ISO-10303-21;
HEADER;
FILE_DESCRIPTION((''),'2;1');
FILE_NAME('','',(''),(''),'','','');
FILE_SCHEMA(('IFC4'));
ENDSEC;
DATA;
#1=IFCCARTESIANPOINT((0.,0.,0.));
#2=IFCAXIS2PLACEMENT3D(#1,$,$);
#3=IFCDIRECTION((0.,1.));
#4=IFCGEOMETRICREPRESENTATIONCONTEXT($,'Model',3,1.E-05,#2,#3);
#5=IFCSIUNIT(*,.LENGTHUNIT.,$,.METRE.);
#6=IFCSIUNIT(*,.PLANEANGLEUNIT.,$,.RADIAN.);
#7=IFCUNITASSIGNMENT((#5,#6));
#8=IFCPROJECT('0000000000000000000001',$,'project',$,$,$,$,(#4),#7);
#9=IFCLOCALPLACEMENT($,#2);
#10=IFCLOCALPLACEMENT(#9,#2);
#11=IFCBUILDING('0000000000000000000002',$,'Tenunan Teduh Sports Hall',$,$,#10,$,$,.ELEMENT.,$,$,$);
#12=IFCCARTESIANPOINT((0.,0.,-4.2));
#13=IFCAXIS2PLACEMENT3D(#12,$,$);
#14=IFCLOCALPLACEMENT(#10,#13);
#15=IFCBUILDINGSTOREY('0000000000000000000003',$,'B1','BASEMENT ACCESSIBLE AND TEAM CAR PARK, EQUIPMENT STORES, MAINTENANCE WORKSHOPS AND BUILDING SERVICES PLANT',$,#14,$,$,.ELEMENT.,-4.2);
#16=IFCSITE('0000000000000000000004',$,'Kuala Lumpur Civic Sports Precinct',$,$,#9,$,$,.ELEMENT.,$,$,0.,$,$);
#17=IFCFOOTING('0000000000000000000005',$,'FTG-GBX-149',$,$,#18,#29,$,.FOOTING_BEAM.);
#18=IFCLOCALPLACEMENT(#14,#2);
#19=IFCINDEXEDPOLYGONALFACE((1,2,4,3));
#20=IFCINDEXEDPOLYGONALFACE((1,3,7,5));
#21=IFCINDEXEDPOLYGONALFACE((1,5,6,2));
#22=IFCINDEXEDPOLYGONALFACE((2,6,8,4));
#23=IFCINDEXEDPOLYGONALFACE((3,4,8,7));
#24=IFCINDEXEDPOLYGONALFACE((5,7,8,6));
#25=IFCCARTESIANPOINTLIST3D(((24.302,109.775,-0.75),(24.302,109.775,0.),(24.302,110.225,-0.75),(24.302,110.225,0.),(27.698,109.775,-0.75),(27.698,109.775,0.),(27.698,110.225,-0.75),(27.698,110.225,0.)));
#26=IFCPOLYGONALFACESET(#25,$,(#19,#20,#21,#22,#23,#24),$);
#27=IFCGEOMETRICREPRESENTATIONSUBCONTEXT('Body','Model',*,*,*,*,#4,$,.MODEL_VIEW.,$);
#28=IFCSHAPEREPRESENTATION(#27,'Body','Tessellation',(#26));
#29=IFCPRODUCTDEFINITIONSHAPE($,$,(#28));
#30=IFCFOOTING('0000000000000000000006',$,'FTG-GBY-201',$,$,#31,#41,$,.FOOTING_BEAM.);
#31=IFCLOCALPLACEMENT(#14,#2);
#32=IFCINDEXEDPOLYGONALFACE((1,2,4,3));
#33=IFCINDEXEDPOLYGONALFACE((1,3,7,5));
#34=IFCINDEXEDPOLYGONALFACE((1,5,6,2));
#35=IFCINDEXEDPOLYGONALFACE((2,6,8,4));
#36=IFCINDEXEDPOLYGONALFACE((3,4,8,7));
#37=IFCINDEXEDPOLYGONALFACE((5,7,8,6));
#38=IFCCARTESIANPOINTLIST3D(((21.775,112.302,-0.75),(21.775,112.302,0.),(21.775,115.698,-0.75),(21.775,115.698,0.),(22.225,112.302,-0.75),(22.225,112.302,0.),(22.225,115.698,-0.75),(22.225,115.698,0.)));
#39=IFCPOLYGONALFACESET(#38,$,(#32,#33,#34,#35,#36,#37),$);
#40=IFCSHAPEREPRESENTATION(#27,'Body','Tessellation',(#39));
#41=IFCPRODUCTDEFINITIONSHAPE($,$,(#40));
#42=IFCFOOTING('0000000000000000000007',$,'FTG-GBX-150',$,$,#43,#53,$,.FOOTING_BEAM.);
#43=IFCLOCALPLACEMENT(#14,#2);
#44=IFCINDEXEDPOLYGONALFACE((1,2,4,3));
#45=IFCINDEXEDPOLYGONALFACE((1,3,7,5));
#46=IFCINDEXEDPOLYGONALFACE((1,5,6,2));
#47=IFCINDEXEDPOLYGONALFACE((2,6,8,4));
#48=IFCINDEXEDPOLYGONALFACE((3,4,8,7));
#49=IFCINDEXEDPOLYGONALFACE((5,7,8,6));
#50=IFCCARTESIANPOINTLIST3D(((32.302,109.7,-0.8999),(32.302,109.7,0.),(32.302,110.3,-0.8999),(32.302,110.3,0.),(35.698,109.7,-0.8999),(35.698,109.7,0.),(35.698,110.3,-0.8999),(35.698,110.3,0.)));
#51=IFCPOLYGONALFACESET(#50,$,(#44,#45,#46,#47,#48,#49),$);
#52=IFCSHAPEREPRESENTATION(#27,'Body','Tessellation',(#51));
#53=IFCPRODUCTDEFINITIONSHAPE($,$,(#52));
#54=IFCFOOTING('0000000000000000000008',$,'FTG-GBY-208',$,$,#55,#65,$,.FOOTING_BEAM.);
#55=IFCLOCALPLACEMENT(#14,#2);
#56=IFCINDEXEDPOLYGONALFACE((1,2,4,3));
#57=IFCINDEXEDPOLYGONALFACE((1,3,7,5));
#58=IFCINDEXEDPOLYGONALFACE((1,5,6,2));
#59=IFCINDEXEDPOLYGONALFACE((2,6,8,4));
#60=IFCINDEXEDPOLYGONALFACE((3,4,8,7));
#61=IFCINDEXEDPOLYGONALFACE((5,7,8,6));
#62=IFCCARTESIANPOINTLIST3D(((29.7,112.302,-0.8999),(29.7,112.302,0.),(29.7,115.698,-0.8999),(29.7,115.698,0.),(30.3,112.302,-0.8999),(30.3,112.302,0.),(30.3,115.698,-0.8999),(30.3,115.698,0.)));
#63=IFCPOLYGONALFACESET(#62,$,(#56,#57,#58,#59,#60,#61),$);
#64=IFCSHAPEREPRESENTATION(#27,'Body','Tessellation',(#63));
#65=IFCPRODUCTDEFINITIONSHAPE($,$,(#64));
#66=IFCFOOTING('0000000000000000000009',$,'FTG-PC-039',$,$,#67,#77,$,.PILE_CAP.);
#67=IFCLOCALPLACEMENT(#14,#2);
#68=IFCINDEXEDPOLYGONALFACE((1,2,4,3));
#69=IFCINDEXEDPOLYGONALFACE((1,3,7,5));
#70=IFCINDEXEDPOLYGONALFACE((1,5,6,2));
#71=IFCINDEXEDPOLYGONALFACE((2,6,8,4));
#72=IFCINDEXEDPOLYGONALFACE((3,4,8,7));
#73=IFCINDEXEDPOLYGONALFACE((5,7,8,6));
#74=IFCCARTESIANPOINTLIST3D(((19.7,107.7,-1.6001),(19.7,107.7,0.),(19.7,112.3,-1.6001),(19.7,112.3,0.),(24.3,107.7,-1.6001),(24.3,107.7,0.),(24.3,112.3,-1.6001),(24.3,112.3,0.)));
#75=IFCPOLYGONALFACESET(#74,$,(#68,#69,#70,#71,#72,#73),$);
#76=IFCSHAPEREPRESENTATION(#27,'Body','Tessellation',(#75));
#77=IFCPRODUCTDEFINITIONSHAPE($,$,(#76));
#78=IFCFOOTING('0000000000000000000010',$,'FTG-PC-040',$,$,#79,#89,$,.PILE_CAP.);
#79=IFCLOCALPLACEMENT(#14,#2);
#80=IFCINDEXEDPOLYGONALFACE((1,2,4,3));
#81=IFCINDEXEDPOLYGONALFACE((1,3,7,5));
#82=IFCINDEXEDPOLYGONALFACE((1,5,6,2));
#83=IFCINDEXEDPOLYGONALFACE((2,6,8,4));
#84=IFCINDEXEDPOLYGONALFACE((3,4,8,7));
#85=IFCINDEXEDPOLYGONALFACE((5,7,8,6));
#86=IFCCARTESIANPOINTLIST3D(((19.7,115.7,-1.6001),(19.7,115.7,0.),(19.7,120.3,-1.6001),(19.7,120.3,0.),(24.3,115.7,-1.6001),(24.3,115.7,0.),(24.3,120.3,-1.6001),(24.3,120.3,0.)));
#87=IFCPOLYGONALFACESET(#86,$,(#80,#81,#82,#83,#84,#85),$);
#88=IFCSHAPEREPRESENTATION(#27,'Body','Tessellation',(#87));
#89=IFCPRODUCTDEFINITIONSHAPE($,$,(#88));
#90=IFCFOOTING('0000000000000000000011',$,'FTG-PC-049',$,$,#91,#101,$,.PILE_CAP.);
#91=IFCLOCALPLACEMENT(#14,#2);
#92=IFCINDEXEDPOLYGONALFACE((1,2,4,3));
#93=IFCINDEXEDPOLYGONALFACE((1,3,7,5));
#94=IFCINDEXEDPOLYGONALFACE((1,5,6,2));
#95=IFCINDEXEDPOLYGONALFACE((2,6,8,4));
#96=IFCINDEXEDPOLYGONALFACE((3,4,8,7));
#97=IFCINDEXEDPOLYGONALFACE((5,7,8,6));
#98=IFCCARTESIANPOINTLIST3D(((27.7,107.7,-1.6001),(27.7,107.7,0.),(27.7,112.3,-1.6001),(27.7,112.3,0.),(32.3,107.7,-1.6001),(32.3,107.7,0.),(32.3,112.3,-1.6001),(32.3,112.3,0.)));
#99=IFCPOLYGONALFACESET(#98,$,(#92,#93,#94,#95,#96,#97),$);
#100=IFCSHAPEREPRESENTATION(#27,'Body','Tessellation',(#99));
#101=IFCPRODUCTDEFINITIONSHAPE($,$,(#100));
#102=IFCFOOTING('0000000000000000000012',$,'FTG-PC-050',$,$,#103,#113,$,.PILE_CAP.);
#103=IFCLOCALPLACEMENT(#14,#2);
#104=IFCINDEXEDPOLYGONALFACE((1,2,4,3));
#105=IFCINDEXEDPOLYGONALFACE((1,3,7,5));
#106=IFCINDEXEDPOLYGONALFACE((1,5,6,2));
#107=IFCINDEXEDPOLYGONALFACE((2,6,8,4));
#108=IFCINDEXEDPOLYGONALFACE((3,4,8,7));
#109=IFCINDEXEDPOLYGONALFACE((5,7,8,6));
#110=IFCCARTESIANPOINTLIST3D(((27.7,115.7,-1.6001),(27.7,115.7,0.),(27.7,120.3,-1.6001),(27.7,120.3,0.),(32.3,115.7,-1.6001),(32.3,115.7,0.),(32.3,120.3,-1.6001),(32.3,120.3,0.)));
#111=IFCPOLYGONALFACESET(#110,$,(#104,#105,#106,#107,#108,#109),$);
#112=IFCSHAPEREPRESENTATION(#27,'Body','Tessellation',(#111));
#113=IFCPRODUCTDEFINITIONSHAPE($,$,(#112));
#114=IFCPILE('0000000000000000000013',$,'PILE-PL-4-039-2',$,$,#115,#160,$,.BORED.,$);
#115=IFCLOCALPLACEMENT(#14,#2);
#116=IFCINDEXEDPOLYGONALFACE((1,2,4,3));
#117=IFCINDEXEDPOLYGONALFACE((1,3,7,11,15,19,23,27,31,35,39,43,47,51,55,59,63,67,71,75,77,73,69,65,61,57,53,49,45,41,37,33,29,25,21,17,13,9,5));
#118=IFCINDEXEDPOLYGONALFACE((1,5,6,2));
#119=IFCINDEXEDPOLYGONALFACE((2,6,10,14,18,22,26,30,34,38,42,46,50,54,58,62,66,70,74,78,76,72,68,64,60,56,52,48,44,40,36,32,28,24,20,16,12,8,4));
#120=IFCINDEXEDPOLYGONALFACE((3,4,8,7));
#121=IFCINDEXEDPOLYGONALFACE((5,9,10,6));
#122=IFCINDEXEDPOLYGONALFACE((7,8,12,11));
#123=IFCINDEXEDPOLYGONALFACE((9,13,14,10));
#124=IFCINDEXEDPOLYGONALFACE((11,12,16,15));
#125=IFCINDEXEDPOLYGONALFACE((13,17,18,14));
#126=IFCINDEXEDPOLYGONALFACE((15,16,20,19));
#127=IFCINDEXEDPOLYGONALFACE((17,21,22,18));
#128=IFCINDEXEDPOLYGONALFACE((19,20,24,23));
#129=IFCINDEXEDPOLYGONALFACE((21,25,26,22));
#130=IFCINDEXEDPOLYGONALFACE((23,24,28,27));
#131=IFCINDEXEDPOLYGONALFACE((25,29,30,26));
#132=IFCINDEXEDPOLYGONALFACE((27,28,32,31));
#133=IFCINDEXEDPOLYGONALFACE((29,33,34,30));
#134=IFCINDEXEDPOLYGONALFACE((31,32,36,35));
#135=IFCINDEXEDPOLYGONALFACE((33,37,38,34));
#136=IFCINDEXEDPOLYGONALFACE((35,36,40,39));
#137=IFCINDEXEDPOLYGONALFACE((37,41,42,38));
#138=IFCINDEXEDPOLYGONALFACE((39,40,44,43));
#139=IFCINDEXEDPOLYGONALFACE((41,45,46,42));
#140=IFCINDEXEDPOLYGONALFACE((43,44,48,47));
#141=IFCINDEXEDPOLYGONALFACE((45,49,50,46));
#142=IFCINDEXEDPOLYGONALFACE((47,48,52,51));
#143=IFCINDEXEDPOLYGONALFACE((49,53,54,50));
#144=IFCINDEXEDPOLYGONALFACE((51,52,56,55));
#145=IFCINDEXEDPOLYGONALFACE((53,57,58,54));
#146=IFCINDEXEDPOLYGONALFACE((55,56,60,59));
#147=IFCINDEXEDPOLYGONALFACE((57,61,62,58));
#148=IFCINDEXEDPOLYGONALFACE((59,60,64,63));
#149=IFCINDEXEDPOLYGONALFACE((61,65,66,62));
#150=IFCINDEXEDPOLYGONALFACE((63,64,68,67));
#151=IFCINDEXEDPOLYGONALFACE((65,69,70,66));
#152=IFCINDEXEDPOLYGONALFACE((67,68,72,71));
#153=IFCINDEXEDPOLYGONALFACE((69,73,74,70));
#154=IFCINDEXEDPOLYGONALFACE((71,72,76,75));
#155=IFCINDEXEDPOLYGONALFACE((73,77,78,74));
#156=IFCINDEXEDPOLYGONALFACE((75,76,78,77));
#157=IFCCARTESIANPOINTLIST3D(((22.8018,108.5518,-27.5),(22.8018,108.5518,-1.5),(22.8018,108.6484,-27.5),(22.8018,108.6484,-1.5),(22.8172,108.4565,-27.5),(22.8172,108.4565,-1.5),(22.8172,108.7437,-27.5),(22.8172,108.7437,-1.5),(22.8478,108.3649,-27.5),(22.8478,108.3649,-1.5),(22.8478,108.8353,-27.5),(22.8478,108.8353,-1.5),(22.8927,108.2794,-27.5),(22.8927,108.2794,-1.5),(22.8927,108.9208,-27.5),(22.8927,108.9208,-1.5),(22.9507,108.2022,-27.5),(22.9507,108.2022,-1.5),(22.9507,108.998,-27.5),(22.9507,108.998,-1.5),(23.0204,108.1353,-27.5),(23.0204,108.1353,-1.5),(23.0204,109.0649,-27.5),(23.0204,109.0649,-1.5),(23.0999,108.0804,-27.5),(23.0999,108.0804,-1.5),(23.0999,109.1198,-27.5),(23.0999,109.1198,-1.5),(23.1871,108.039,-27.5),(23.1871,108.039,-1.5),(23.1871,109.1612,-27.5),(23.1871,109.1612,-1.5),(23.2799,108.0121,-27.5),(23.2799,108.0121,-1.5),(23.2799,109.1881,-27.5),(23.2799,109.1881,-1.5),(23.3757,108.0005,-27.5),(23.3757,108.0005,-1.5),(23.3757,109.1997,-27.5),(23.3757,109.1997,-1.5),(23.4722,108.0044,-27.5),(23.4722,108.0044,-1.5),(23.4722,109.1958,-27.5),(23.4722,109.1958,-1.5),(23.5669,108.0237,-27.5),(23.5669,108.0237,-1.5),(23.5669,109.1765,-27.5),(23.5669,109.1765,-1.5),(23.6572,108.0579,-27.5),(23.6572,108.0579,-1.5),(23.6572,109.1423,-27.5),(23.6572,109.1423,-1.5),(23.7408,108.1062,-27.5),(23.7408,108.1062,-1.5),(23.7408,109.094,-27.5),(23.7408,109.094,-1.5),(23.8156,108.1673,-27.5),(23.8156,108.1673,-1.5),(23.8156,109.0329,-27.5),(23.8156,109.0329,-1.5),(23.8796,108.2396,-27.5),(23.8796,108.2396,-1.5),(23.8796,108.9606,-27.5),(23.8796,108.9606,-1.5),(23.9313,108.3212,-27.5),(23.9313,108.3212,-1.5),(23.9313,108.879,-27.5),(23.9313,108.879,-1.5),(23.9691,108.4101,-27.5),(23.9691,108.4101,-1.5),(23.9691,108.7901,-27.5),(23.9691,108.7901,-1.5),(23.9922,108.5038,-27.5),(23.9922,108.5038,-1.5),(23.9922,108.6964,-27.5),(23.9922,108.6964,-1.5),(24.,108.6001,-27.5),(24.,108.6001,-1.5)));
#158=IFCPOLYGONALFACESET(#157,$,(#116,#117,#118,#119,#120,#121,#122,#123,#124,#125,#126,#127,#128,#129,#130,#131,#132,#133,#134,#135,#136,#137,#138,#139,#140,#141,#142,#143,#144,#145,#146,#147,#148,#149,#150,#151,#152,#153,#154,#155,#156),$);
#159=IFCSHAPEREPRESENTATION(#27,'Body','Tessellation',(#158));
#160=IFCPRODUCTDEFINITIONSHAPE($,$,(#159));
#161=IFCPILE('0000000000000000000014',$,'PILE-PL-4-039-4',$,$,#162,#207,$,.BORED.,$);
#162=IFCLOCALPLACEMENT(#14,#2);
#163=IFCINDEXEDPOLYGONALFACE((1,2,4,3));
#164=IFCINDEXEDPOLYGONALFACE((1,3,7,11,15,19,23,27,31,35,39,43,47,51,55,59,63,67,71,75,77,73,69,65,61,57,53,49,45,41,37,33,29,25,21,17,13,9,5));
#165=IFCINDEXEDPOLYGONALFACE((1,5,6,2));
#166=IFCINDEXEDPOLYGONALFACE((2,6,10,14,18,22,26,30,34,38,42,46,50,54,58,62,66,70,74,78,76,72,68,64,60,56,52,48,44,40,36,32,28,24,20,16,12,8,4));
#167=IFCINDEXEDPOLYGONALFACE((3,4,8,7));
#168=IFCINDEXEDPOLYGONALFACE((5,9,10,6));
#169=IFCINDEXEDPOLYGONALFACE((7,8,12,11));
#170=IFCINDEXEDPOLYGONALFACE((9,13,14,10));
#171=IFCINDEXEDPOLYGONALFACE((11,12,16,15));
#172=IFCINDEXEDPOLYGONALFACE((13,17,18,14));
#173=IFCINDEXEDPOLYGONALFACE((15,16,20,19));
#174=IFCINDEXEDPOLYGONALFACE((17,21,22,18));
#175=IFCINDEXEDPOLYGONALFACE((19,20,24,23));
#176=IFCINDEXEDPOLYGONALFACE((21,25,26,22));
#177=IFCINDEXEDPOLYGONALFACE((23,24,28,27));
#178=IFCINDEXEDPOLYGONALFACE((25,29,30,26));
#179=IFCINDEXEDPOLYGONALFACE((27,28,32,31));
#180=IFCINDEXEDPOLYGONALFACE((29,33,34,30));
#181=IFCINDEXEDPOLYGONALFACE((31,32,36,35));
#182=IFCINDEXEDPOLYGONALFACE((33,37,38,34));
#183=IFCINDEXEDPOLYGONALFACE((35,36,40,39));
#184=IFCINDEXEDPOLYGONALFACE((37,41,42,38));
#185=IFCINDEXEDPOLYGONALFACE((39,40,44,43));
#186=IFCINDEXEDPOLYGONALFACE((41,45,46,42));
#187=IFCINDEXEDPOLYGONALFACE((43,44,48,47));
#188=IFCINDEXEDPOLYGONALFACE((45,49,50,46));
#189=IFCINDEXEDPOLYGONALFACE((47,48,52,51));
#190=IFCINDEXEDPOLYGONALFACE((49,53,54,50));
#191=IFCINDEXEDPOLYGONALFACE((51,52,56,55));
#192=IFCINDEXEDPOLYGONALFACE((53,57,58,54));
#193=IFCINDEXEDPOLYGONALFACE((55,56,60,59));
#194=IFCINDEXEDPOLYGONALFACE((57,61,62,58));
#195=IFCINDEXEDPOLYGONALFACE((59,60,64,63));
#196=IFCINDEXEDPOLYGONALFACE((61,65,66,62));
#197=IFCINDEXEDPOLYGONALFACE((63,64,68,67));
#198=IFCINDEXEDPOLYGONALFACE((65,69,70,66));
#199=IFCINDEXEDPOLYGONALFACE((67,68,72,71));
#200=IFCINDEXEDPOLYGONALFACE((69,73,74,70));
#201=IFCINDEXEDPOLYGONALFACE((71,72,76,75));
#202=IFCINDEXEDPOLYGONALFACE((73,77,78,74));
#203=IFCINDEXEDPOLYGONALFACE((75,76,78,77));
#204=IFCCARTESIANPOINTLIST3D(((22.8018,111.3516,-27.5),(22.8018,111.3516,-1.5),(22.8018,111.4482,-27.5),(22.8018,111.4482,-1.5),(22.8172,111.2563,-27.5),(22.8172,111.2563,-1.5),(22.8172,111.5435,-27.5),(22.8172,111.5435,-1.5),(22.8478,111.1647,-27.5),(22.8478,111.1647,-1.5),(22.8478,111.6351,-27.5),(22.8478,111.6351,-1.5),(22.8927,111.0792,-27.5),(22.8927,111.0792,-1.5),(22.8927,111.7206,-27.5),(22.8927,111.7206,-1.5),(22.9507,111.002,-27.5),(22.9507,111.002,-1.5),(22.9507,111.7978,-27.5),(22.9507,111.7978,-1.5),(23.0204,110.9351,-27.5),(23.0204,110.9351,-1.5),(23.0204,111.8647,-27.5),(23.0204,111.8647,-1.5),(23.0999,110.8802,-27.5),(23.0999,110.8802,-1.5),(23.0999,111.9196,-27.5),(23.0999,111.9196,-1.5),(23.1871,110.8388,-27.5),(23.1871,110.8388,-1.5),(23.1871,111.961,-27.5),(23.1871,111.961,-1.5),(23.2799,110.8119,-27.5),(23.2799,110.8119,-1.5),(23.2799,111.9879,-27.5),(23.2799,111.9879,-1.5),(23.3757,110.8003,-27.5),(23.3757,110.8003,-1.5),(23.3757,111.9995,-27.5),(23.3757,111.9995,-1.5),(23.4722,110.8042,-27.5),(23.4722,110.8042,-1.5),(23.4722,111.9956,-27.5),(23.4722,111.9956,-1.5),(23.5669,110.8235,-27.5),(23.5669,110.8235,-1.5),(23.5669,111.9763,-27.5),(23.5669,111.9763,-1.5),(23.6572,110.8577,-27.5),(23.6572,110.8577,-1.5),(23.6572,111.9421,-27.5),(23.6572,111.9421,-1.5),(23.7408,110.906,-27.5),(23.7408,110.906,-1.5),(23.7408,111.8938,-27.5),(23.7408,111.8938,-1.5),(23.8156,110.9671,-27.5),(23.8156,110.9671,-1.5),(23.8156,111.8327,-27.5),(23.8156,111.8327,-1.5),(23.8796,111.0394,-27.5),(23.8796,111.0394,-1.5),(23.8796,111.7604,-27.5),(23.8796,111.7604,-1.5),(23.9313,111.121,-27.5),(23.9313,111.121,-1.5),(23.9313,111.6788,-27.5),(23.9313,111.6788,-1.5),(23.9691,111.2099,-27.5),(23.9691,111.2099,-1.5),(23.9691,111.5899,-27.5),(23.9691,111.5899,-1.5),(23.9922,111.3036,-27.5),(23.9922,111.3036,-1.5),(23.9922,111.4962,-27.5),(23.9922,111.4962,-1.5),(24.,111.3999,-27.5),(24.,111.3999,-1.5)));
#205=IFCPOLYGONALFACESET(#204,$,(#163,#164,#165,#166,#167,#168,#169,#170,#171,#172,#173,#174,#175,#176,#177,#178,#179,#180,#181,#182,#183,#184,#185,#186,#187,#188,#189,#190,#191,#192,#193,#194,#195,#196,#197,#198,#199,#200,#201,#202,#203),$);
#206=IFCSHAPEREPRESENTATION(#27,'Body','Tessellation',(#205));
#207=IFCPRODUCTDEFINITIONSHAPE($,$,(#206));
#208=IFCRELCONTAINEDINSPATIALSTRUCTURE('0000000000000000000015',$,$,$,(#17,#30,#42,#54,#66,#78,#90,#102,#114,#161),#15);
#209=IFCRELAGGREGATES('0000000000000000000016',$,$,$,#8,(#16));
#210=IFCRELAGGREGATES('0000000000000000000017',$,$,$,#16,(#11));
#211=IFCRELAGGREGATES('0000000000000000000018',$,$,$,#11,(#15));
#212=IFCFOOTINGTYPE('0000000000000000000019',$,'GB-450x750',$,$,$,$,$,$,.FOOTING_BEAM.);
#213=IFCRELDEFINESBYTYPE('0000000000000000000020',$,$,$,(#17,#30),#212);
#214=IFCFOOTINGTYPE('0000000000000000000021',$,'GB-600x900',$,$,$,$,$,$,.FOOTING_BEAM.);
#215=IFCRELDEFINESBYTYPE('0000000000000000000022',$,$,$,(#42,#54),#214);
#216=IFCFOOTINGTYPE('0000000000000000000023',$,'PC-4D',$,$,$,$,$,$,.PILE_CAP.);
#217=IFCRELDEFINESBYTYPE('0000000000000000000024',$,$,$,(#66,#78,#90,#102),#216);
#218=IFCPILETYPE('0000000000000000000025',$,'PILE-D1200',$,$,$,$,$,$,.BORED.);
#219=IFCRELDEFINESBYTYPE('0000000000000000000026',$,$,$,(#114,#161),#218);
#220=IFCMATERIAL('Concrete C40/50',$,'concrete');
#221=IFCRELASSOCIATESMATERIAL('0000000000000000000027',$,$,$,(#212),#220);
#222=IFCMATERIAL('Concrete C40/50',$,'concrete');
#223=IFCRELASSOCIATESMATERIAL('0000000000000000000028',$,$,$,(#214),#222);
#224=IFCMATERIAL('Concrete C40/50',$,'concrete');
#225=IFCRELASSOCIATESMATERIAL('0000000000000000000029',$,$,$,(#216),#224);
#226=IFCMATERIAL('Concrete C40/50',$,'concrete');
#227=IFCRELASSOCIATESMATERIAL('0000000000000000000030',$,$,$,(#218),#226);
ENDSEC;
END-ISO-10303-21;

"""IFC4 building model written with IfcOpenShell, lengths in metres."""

from ifc_helpers import new_model, si_unit, direction, frame, origin, origin_2d, place, context, subcontext, project, spatial, rectangle, circle, extrude, material, material_profile, profile_set, type_object, element, save


model = new_model("IFC4")

# Units and contexts
model_context = context("Model", 3, precision=1e-05, world=origin(), true_north=direction((0.0, 1.0)))
body_context = subcontext(model_context, "Body", "Model", "MODEL_VIEW")
ifc_project = project(units=[si_unit("LENGTHUNIT", "METRE"), si_unit("PLANEANGLEUNIT", "RADIAN")], contexts=[model_context])

# Site, building, storey
site_placement = place(None, origin())
site = spatial("IfcSite", under=ifc_project, at=site_placement, Name="Kuala Lumpur Civic Sports Precinct", CompositionType="ELEMENT", RefElevation=0.0)
building_placement = place(site_placement, origin())
building = spatial("IfcBuilding", under=site, at=building_placement, Name="Tenunan Teduh Sports Hall", CompositionType="ELEMENT")
storey_placement = place(building_placement, frame((0.0, 0.0, -4.2)))
storey = spatial("IfcBuildingStorey", under=building, at=storey_placement, Name="B1", Description="BASEMENT ACCESSIBLE AND TEAM CAR PARK, EQUIPMENT STORES, MAINTENANCE WORKSHOPS AND BUILDING SERVICES PLANT", CompositionType="ELEMENT", Elevation=-4.2)

# Footings
ifc_material_1 = material(Name="Concrete C40/50", Category="concrete")
ifc_material_profile_1 = material_profile(ifc_material_1, rectangle(XDim=0.45, YDim=0.75, at=origin_2d()), Name="RCB 450x750")
ifc_profile_set_1 = profile_set([ifc_material_profile_1], Name="Concrete C40/50")
footing_type_1 = type_object("IfcFootingType", Name="GB-450x750", PredefinedType="FOOTING_BEAM", material=ifc_profile_set_1)
for number, where, z_axis, x_axis, name in (
    (1, (24.302, 110.0, -0.375), (1.0, 0.0, 0.0), (0.0, 1.0, 0.0), "FTG-GBX-149"),
    (2, (22.0, 112.302, -0.375), (0.0, 1.0, 0.0), (-1.0, 0.0, 0.0), "FTG-GBY-201"),
):
    element("IfcFooting", number, at=place(storey_placement, frame(where, z_axis=z_axis, x_axis=x_axis)), inside=storey, type_object=footing_type_1, Name=name, PredefinedType="FOOTING_BEAM", context=body_context, shape_type="SweptSolid", body=[
        extrude(rectangle(XDim=0.45, YDim=0.75, at=origin_2d()), origin(), (0.0, 0.0, 1.0), 3.396),
    ])
ifc_material_2 = material(Name="Concrete C40/50", Category="concrete")
ifc_material_profile_2 = material_profile(ifc_material_2, rectangle(XDim=0.6001, YDim=0.8999, at=origin_2d()), Name="RCB 600x900")
ifc_profile_set_2 = profile_set([ifc_material_profile_2], Name="Concrete C40/50")
footing_type_2 = type_object("IfcFootingType", Name="GB-600x900", PredefinedType="FOOTING_BEAM", material=ifc_profile_set_2)
for number, where, z_axis, x_axis, name in (
    (3, (32.302, 110.0, -0.45), (1.0, 0.0, 0.0), (0.0, 1.0, 0.0), "FTG-GBX-150"),
    (4, (30.0, 112.302, -0.45), (0.0, 1.0, 0.0), (-1.0, 0.0, 0.0), "FTG-GBY-208"),
):
    element("IfcFooting", number, at=place(storey_placement, frame(where, z_axis=z_axis, x_axis=x_axis)), inside=storey, type_object=footing_type_2, Name=name, PredefinedType="FOOTING_BEAM", context=body_context, shape_type="SweptSolid", body=[
        extrude(rectangle(XDim=0.6001, YDim=0.8999, at=origin_2d()), origin(), (0.0, 0.0, 1.0), 3.396),
    ])
ifc_material_3 = material(Name="Concrete C40/50", Category="concrete")
footing_type_3 = type_object("IfcFootingType", Name="PC-4D", PredefinedType="PILE_CAP", material=ifc_material_3)
for number, where, z_axis, x_axis, name in (
    (5, (22.0, 110.0, -1.6001), (0.0, 0.0, 1.0), (1.0, 0.0, 0.0), "FTG-PC-039"),
    (6, (22.0, 118.0, -1.6001), (0.0, 0.0, 1.0), (1.0, 0.0, 0.0), "FTG-PC-040"),
    (7, (30.0, 110.0, -1.6001), (0.0, 0.0, 1.0), (1.0, 0.0, 0.0), "FTG-PC-049"),
    (8, (30.0, 118.0, -1.6001), (0.0, 0.0, 1.0), (1.0, 0.0, 0.0), "FTG-PC-050"),
):
    element("IfcFooting", number, at=place(storey_placement, frame(where, z_axis=z_axis, x_axis=x_axis)), inside=storey, type_object=footing_type_3, Name=name, PredefinedType="PILE_CAP", context=body_context, shape_type="SweptSolid", body=[
        extrude(rectangle(XDim=4.6001, YDim=4.6001, at=origin_2d()), origin(), (0.0, 0.0, 1.0), 1.6001),
    ])

# Piles
ifc_material_4 = material(Name="Concrete C40/50", Category="concrete")
ifc_material_profile_3 = material_profile(ifc_material_4, circle(Radius=0.6001, at=origin_2d()), Name="PILE D1200")
ifc_profile_set_3 = profile_set([ifc_material_profile_3], Name="Concrete C40/50")
pile_type = type_object("IfcPileType", Name="PILE-D1200", PredefinedType="BORED", material=ifc_profile_set_3)
for number, where, z_axis, x_axis, name in (
    (9, (23.3999, 108.6001, -1.5), (0.0, 0.0, -1.0), (1.0, 0.0, 0.0), "PILE-PL-4-039-2"),
    (10, (23.3999, 111.3999, -1.5), (0.0, 0.0, -1.0), (1.0, 0.0, 0.0), "PILE-PL-4-039-4"),
):
    element("IfcPile", number, at=place(storey_placement, frame(where, z_axis=z_axis, x_axis=x_axis)), inside=storey, type_object=pile_type, Name=name, PredefinedType="BORED", context=body_context, shape_type="SweptSolid", body=[
        extrude(circle(Radius=0.6001, at=origin_2d()), origin(), (0.0, 0.0, 1.0), 26.0),
    ])

save(model, "model.ifc")
